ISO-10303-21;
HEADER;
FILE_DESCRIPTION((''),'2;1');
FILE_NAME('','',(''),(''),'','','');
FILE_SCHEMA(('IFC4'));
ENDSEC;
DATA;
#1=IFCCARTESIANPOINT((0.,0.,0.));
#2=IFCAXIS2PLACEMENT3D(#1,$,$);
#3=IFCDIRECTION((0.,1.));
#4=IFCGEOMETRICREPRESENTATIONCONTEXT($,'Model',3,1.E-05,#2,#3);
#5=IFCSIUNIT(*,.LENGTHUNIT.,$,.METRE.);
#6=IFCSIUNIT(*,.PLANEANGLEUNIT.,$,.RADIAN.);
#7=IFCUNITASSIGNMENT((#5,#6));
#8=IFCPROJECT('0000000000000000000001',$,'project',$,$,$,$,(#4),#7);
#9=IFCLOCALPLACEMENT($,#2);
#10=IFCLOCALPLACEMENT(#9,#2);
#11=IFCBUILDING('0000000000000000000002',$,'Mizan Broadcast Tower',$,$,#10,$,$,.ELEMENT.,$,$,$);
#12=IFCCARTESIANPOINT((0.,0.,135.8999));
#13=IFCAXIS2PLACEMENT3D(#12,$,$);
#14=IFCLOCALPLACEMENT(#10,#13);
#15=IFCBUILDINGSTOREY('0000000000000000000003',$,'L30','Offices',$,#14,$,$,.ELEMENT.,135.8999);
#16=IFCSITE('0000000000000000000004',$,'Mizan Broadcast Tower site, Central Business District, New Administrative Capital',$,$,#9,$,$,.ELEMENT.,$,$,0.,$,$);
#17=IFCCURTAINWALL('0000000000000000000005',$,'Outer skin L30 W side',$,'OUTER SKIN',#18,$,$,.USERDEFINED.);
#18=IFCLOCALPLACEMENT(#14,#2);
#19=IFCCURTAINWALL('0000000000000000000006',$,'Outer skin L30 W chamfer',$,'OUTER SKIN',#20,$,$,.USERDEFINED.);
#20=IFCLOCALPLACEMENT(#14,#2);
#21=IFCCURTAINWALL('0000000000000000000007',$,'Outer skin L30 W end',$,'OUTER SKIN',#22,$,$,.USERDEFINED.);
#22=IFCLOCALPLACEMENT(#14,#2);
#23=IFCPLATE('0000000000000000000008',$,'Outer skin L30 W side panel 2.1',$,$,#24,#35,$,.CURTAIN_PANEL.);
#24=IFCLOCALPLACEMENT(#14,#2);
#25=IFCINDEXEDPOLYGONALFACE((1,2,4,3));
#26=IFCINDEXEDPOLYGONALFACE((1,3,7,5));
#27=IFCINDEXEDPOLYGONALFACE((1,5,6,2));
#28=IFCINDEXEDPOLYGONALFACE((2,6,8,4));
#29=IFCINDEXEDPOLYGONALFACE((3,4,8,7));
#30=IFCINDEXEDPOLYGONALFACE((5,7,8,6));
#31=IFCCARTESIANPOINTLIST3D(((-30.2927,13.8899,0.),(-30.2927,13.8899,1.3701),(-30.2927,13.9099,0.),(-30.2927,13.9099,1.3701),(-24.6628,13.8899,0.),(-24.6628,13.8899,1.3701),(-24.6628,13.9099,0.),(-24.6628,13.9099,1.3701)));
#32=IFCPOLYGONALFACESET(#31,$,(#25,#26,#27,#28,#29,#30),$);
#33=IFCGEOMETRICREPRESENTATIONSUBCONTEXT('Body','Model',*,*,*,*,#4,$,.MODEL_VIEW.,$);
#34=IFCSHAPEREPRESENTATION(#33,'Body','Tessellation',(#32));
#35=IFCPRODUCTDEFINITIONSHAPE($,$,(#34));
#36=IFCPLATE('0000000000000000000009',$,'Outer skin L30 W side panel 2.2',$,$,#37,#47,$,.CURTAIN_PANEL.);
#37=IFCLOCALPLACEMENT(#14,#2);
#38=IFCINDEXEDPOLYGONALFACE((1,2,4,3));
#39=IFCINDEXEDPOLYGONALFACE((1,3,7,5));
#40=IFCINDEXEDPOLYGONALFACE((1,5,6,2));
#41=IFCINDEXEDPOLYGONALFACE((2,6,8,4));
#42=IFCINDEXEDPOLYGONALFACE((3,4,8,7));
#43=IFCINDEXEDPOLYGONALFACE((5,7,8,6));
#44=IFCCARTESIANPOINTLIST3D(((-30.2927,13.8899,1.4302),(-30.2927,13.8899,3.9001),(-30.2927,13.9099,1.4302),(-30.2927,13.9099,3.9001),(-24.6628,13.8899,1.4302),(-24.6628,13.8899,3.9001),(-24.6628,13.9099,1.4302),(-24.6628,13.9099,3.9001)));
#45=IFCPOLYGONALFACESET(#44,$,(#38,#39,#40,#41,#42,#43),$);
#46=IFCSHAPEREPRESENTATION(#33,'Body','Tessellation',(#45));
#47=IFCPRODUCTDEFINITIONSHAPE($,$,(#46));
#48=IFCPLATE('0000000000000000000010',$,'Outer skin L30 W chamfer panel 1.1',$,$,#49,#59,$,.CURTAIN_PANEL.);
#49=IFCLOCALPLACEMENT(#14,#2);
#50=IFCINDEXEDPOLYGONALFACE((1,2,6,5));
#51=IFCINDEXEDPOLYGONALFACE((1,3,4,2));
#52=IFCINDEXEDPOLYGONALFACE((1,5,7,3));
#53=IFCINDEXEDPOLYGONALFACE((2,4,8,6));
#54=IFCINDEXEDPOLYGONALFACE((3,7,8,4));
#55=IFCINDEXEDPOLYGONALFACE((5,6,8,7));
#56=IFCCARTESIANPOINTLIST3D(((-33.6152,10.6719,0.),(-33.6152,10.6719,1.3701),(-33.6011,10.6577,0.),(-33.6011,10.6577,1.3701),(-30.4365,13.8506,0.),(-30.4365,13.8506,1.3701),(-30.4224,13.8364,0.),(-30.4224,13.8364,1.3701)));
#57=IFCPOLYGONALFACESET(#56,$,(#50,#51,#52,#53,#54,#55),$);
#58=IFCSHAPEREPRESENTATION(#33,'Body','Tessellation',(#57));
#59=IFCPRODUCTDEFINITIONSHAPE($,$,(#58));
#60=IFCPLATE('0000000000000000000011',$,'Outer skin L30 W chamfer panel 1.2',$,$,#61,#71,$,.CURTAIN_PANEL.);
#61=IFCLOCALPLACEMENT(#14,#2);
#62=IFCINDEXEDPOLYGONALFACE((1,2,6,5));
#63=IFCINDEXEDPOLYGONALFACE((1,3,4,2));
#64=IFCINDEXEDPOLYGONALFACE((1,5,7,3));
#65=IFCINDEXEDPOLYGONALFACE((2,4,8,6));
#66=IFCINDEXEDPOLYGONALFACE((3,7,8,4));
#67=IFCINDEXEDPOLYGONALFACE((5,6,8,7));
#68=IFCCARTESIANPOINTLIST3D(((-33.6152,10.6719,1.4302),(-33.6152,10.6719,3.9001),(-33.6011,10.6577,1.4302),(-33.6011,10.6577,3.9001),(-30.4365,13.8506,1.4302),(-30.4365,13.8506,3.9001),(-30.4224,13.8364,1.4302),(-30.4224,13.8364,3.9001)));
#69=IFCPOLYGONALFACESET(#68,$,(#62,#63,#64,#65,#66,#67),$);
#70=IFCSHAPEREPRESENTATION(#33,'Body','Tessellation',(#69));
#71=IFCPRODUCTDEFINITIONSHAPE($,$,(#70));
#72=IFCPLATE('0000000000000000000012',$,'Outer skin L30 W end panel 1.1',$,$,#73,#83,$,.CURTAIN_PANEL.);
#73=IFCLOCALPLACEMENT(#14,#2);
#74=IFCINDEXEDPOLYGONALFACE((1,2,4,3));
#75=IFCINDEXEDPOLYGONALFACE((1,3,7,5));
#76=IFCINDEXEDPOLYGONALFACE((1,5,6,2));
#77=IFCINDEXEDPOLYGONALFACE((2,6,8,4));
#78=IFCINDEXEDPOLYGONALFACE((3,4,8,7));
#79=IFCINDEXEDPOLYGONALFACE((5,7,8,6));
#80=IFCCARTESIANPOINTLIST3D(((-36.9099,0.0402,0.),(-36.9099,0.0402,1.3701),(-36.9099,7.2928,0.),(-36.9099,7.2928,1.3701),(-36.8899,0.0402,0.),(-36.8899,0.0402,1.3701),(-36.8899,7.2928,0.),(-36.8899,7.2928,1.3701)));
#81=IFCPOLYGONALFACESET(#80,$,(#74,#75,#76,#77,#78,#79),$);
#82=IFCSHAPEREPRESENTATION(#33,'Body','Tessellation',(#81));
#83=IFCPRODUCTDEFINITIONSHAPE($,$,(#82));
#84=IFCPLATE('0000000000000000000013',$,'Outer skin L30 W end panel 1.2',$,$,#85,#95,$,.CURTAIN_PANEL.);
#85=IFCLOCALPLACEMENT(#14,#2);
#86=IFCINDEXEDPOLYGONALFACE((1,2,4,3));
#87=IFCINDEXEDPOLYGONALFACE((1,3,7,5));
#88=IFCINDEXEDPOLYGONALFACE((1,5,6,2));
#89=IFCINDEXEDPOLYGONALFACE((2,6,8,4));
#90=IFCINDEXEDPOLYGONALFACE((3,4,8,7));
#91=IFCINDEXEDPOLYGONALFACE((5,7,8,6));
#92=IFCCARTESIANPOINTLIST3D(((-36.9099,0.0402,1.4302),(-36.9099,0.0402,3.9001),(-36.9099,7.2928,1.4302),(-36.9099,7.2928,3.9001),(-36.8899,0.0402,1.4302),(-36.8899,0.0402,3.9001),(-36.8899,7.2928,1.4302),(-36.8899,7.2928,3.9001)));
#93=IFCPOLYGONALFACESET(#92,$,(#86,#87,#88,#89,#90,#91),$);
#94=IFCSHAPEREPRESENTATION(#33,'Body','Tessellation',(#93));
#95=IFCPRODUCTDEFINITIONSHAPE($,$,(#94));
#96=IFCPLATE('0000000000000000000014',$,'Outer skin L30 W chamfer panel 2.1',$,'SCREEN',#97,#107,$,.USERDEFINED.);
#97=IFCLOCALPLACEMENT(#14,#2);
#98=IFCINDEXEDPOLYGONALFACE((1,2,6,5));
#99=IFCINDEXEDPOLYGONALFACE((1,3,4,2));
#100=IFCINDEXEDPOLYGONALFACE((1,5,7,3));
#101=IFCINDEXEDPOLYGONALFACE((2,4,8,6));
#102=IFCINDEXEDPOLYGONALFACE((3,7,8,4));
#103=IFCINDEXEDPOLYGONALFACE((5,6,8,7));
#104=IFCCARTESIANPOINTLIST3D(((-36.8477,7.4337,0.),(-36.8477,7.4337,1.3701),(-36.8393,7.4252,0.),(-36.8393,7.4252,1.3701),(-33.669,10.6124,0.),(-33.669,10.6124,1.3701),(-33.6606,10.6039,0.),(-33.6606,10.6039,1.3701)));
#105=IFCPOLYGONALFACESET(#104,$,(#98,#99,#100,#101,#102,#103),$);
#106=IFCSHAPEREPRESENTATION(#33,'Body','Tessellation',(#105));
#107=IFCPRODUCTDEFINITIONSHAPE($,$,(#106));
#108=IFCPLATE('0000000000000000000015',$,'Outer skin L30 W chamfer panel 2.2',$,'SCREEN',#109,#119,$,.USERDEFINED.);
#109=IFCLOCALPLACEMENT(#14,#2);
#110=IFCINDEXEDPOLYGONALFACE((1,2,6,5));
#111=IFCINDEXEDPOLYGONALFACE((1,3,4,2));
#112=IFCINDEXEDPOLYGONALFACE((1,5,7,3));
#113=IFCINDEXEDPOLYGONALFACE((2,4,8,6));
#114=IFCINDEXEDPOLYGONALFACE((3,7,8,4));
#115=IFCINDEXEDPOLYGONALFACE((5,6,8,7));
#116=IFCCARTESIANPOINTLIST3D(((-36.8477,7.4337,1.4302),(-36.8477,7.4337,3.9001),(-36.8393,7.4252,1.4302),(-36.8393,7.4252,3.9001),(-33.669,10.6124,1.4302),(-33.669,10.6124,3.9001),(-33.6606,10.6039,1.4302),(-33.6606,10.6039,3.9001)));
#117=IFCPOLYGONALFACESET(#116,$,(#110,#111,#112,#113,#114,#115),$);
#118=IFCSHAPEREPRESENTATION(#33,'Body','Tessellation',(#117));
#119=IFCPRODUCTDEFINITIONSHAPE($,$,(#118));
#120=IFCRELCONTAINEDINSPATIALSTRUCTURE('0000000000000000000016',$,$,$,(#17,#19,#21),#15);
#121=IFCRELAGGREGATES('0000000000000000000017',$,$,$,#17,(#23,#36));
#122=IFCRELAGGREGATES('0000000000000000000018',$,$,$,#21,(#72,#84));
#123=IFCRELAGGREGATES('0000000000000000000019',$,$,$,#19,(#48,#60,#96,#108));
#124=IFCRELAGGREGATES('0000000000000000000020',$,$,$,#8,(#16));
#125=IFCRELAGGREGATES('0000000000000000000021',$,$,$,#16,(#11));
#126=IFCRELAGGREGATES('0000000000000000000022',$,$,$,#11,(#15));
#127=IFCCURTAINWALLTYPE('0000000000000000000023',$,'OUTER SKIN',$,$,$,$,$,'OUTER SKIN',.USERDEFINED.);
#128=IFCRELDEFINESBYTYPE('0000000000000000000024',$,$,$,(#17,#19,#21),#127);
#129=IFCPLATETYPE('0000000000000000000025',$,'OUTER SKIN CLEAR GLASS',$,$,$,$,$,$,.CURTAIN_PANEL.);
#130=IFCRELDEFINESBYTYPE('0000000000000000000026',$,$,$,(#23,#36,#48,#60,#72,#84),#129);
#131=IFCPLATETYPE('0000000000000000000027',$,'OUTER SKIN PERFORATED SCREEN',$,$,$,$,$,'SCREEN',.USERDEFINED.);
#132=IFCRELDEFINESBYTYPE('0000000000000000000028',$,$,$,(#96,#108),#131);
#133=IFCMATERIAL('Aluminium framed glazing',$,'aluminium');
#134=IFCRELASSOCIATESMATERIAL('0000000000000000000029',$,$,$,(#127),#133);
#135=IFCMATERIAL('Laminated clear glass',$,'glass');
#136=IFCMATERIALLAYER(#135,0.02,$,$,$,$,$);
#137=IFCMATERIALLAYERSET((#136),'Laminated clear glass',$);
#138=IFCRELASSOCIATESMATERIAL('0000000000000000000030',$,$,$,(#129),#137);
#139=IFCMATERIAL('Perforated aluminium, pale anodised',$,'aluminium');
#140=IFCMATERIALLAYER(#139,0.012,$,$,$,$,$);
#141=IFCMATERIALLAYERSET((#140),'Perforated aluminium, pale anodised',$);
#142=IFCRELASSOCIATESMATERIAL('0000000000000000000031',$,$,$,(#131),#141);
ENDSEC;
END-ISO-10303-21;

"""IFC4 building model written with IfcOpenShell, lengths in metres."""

from ifc_helpers import new_model, si_unit, direction, frame, origin, origin_2d, place, context, subcontext, project, spatial, rectangle, extrude, material, layer, layer_set, type_object, element, aggregate, save


model = new_model("IFC4")

# Units and contexts
model_context = context("Model", 3, precision=1e-05, world=origin(), true_north=direction((0.0, 1.0)))
body_context = subcontext(model_context, "Body", "Model", "MODEL_VIEW")
ifc_project = project(units=[si_unit("LENGTHUNIT", "METRE"), si_unit("PLANEANGLEUNIT", "RADIAN")], contexts=[model_context])

# Site, building, storey
site_placement = place(None, origin())
site = spatial("IfcSite", under=ifc_project, at=site_placement, Name="Mizan Broadcast Tower site, Central Business District, New Administrative Capital", CompositionType="ELEMENT", RefElevation=0.0)
building_placement = place(site_placement, origin())
building = spatial("IfcBuilding", under=site, at=building_placement, Name="Mizan Broadcast Tower", CompositionType="ELEMENT")
storey_placement = place(building_placement, frame((0.0, 0.0, 135.8999)))
storey = spatial("IfcBuildingStorey", under=building, at=storey_placement, Name="L30", Description="Offices", CompositionType="ELEMENT", Elevation=135.8999)

# Curtain wall
ifc_material_1 = material(Name="Aluminium framed glazing", Category="aluminium")
curtain_wall_type_1 = type_object("IfcCurtainWallType", Name="OUTER SKIN", ElementType="OUTER SKIN", PredefinedType="USERDEFINED", material=ifc_material_1)
curtain_wall_1_placement = place(storey_placement, origin())
curtain_wall_1 = element("IfcCurtainWall", 1, at=curtain_wall_1_placement, inside=storey, type_object=curtain_wall_type_1, Name="Outer skin L30 W side", ObjectType="OUTER SKIN", PredefinedType="USERDEFINED")

# Curtain wall
curtain_wall_2_placement = place(storey_placement, origin())
curtain_wall_2 = element("IfcCurtainWall", 2, at=curtain_wall_2_placement, inside=storey, type_object=curtain_wall_type_1, Name="Outer skin L30 W chamfer", ObjectType="OUTER SKIN", PredefinedType="USERDEFINED")

# Curtain wall
curtain_wall_3_placement = place(storey_placement, origin())
curtain_wall_3 = element("IfcCurtainWall", 3, at=curtain_wall_3_placement, inside=storey, type_object=curtain_wall_type_1, Name="Outer skin L30 W end", ObjectType="OUTER SKIN", PredefinedType="USERDEFINED")

# Plates
ifc_material_2 = material(Name="Laminated clear glass", Category="glass")
ifc_layer_1 = layer(ifc_material_2, 0.02)
ifc_layer_set_1 = layer_set([ifc_layer_1], Name="Laminated clear glass")
plate_type_1 = type_object("IfcPlateType", Name="OUTER SKIN CLEAR GLASS", PredefinedType="CURTAIN_PANEL", material=ifc_layer_set_1)
plate_1_placement = place(storey_placement, frame((-27.4778, 13.8999, 0.0), z_axis=(0.0, 0.0, 1.0), x_axis=(-1.0, 0.0, 0.0)))
plate_1 = element("IfcPlate", 4, at=plate_1_placement, type_object=plate_type_1, Name="Outer skin L30 W side panel 2.1", PredefinedType="CURTAIN_PANEL", context=body_context, shape_type="SweptSolid", body=[
    extrude(rectangle(XDim=5.6299, YDim=0.02, at=origin_2d()), origin(), (0.0, 0.0, 1.0), 1.3701),
])
plate_2_placement = place(storey_placement, frame((-27.4778, 13.8999, 1.4302), z_axis=(0.0, 0.0, 1.0), x_axis=(-1.0, 0.0, 0.0)))
plate_2 = element("IfcPlate", 5, at=plate_2_placement, type_object=plate_type_1, Name="Outer skin L30 W side panel 2.2", PredefinedType="CURTAIN_PANEL", context=body_context, shape_type="SweptSolid", body=[
    extrude(rectangle(XDim=5.6299, YDim=0.02, at=origin_2d()), origin(), (0.0, 0.0, 1.0), 2.47),
])
aggregate(curtain_wall_1, [plate_1, plate_2])
plate_3_placement = place(storey_placement, frame((-32.0188, 12.2542, 0.0), z_axis=(0.0, 0.0, 1.0), x_axis=(-0.707107, -0.707107, 0.0)))
plate_3 = element("IfcPlate", 6, at=plate_3_placement, type_object=plate_type_1, Name="Outer skin L30 W chamfer panel 1.1", PredefinedType="CURTAIN_PANEL", context=body_context, shape_type="SweptSolid", body=[
    extrude(rectangle(XDim=4.4954, YDim=0.02, at=origin_2d()), origin(), (0.0, 0.0, 1.0), 1.3701),
])
plate_4_placement = place(storey_placement, frame((-32.0188, 12.2542, 1.4302), z_axis=(0.0, 0.0, 1.0), x_axis=(-0.707107, -0.707107, 0.0)))
plate_4 = element("IfcPlate", 7, at=plate_4_placement, type_object=plate_type_1, Name="Outer skin L30 W chamfer panel 1.2", PredefinedType="CURTAIN_PANEL", context=body_context, shape_type="SweptSolid", body=[
    extrude(rectangle(XDim=4.4954, YDim=0.02, at=origin_2d()), origin(), (0.0, 0.0, 1.0), 2.47),
])
plate_5_placement = place(storey_placement, frame((-36.8999, 3.6665, 0.0), z_axis=(0.0, 0.0, 1.0), x_axis=(0.0, -1.0, 0.0)))
plate_5 = element("IfcPlate", 8, at=plate_5_placement, type_object=plate_type_1, Name="Outer skin L30 W end panel 1.1", PredefinedType="CURTAIN_PANEL", context=body_context, shape_type="SweptSolid", body=[
    extrude(rectangle(XDim=7.2527, YDim=0.02, at=origin_2d()), origin(), (0.0, 0.0, 1.0), 1.3701),
])
plate_6_placement = place(storey_placement, frame((-36.8999, 3.6665, 1.4302), z_axis=(0.0, 0.0, 1.0), x_axis=(0.0, -1.0, 0.0)))
plate_6 = element("IfcPlate", 9, at=plate_6_placement, type_object=plate_type_1, Name="Outer skin L30 W end panel 1.2", PredefinedType="CURTAIN_PANEL", context=body_context, shape_type="SweptSolid", body=[
    extrude(rectangle(XDim=7.2527, YDim=0.02, at=origin_2d()), origin(), (0.0, 0.0, 1.0), 2.47),
])
aggregate(curtain_wall_3, [plate_5, plate_6])
ifc_material_3 = material(Name="Perforated aluminium, pale anodised", Category="aluminium")
ifc_layer_2 = layer(ifc_material_3, 0.012)
ifc_layer_set_2 = layer_set([ifc_layer_2], Name="Perforated aluminium, pale anodised")
plate_type_2 = type_object("IfcPlateType", Name="OUTER SKIN PERFORATED SCREEN", ElementType="SCREEN", PredefinedType="USERDEFINED", material=ifc_layer_set_2)
plate_7_placement = place(storey_placement, frame((-35.2542, 9.0188, 0.0), z_axis=(0.0, 0.0, 1.0), x_axis=(-0.707107, -0.707107, 0.0)))
plate_7 = element("IfcPlate", 10, at=plate_7_placement, type_object=plate_type_2, Name="Outer skin L30 W chamfer panel 2.1", ObjectType="SCREEN", PredefinedType="USERDEFINED", context=body_context, shape_type="SweptSolid", body=[
    extrude(rectangle(XDim=4.4954, YDim=0.012, at=origin_2d()), origin(), (0.0, 0.0, 1.0), 1.3701),
])
plate_8_placement = place(storey_placement, frame((-35.2542, 9.0188, 1.4302), z_axis=(0.0, 0.0, 1.0), x_axis=(-0.707107, -0.707107, 0.0)))
plate_8 = element("IfcPlate", 11, at=plate_8_placement, type_object=plate_type_2, Name="Outer skin L30 W chamfer panel 2.2", ObjectType="SCREEN", PredefinedType="USERDEFINED", context=body_context, shape_type="SweptSolid", body=[
    extrude(rectangle(XDim=4.4954, YDim=0.012, at=origin_2d()), origin(), (0.0, 0.0, 1.0), 2.47),
])
aggregate(curtain_wall_2, [plate_3, plate_4, plate_7, plate_8])

save(model, "model.ifc")
